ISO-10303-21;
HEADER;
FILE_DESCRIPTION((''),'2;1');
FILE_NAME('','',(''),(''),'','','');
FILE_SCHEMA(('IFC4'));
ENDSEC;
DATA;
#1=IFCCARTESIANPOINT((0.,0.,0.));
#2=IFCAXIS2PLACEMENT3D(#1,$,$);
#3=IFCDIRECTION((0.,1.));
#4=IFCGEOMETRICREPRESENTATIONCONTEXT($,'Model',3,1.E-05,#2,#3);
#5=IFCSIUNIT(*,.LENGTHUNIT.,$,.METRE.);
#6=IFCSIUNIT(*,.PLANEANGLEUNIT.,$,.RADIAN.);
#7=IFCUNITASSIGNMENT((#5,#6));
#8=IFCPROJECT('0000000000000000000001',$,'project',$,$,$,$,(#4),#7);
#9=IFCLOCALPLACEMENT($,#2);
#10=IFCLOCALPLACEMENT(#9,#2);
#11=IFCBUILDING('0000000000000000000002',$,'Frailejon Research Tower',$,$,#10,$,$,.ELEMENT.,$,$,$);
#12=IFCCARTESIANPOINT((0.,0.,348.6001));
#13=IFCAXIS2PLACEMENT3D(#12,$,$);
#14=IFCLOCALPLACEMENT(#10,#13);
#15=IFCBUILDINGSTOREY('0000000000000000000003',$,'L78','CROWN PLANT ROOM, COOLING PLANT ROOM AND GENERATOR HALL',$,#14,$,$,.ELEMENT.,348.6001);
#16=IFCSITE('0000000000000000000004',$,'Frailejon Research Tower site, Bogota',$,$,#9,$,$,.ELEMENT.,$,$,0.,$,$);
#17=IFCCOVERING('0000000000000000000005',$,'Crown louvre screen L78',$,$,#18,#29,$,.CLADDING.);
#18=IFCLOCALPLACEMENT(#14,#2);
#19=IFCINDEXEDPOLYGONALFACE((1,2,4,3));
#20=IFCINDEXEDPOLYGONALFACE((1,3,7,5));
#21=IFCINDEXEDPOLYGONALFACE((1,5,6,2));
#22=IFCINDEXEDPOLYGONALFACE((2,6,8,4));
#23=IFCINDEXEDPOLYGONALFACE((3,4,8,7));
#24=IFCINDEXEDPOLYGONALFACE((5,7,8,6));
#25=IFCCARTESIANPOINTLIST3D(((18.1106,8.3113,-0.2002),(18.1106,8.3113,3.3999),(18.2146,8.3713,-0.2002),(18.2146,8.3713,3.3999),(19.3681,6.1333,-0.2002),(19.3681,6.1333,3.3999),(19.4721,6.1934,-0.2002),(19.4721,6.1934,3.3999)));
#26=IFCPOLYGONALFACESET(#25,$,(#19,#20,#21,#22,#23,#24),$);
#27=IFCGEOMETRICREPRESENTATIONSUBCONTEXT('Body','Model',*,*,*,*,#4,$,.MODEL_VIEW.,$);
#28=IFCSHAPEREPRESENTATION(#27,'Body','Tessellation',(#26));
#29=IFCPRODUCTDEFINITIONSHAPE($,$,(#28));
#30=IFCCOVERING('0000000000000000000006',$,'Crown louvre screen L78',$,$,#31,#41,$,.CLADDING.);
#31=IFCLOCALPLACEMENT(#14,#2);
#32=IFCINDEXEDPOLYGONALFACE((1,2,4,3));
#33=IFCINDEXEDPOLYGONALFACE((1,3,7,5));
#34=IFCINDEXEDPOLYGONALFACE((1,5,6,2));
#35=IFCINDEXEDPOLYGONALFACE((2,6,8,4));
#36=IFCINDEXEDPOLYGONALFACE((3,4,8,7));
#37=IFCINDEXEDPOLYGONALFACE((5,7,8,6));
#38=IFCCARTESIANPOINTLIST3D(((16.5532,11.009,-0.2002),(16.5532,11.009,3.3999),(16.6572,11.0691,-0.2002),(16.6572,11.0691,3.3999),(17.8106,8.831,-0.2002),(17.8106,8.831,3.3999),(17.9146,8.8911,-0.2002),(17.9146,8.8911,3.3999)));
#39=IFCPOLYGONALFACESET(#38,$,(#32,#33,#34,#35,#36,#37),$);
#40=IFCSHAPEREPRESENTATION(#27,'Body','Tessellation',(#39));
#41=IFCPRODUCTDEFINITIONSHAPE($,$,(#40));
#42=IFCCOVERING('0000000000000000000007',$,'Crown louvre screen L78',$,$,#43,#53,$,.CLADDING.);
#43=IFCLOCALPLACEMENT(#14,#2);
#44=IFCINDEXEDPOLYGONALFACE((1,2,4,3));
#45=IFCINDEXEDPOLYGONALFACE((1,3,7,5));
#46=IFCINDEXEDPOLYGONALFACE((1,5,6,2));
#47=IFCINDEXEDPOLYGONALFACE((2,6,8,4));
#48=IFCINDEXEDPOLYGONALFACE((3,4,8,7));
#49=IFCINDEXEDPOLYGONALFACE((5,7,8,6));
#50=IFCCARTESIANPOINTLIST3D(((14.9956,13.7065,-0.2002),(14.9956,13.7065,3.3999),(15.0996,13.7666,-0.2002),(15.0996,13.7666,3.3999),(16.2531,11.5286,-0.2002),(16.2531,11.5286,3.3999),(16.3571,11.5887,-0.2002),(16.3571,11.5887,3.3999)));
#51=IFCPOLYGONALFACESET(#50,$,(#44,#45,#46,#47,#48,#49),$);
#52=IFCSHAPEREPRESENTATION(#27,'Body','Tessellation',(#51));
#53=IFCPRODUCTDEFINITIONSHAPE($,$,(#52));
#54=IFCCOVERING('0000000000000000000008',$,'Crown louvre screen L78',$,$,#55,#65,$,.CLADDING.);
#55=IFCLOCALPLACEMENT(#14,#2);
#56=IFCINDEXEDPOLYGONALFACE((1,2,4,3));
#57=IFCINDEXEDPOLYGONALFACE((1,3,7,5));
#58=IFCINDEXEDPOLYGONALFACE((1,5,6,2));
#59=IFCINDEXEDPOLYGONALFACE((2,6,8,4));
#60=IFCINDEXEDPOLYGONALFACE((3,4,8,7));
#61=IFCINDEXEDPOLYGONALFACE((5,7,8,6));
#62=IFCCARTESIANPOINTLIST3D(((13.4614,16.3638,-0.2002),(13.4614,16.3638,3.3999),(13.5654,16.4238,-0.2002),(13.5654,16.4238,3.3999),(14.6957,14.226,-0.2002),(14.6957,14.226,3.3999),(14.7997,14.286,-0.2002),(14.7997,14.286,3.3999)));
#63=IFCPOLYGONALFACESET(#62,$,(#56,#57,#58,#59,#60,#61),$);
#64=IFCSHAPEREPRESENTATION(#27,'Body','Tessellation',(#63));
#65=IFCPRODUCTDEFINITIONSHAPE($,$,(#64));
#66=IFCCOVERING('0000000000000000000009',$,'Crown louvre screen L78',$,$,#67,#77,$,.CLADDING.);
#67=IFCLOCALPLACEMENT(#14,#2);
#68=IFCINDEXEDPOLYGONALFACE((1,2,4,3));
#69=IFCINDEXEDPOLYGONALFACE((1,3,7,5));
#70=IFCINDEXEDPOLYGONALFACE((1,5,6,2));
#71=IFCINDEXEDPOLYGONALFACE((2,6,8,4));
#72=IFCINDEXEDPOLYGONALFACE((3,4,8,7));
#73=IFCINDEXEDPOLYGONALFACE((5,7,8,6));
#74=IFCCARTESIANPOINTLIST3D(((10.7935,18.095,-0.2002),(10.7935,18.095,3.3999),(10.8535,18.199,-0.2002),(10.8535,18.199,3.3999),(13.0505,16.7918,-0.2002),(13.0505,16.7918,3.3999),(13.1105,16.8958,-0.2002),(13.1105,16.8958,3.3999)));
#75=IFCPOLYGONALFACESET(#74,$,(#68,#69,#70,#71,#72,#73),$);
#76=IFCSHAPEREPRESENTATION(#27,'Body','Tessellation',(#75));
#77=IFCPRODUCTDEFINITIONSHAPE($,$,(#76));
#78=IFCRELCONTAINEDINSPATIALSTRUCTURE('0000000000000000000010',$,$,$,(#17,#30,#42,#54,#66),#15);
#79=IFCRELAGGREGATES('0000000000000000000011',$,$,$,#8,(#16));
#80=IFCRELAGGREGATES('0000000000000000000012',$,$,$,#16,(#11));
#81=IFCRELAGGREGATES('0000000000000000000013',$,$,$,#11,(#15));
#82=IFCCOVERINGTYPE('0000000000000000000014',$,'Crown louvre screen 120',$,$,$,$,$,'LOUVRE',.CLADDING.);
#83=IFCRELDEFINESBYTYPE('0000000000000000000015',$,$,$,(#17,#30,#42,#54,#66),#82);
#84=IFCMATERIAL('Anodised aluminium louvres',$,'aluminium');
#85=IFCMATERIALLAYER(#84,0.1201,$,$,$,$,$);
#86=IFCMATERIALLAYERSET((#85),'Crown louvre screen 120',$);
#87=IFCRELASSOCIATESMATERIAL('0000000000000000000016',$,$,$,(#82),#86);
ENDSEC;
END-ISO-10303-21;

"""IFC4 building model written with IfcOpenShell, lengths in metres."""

from ifc_helpers import new_model, si_unit, direction, frame, origin, place, context, subcontext, project, spatial, polyline, outline, extrude, material, layer, layer_set, type_object, element, save


model = new_model("IFC4")

# Units and contexts
model_context = context("Model", 3, precision=1e-05, world=origin(), true_north=direction((0.0, 1.0)))
body_context = subcontext(model_context, "Body", "Model", "MODEL_VIEW")
ifc_project = project(units=[si_unit("LENGTHUNIT", "METRE"), si_unit("PLANEANGLEUNIT", "RADIAN")], contexts=[model_context])

# Site, building, storey
site_placement = place(None, origin())
site = spatial("IfcSite", under=ifc_project, at=site_placement, Name="Frailejon Research Tower site, Bogota", CompositionType="ELEMENT", RefElevation=0.0)
building_placement = place(site_placement, origin())
building = spatial("IfcBuilding", under=site, at=building_placement, Name="Frailejon Research Tower", CompositionType="ELEMENT")
storey_placement = place(building_placement, frame((0.0, 0.0, 348.6001)))
storey = spatial("IfcBuildingStorey", under=building, at=storey_placement, Name="L78", Description="CROWN PLANT ROOM, COOLING PLANT ROOM AND GENERATOR HALL", CompositionType="ELEMENT", Elevation=348.6001)

# Coverings
ifc_material_1 = material(Name="Anodised aluminium louvres", Category="aluminium")
ifc_layer_1 = layer(ifc_material_1, 0.1201)
ifc_layer_set_1 = layer_set([ifc_layer_1], Name="Crown louvre screen 120")
covering_type = type_object("IfcCoveringType", Name="Crown louvre screen 120", ElementType="LOUVRE", PredefinedType="CLADDING", material=ifc_layer_set_1)
for number, where, z_axis, x_axis, name in (
    (1, (18.1626, 8.3413, -0.2002), (0.500009, -0.86602, 0.0), (0.86602, 0.500009, 0.0), "Crown louvre screen L78"),
    (2, (16.6052, 11.0391, -0.2002), (0.499979, -0.866037, 0.0), (0.866037, 0.499979, 0.0), "Crown louvre screen L78"),
    (3, (15.0476, 13.7366, -0.2002), (0.500009, -0.86602, 0.0), (0.86602, 0.500009, 0.0), "Crown louvre screen L78"),
):
    element("IfcCovering", number, at=place(storey_placement, frame(where, z_axis=z_axis, x_axis=x_axis)), inside=storey, type_object=covering_type, Name=name, PredefinedType="CLADDING", context=body_context, shape_type="SweptSolid", body=[
        extrude(outline(polyline([(-0.0601, 0.0), (0.0601, 0.0), (0.0601, 3.6001), (-0.0601, 3.6001), (-0.0601, 0.0)])), origin(), (0.0, 0.0, 1.0), 2.5149),
    ])
covering_1_placement = place(storey_placement, frame((13.5134, 16.3938, -0.2002), z_axis=(0.499999, -0.866026, 0.0), x_axis=(0.866026, 0.499999, 0.0)))
element("IfcCovering", 4, at=covering_1_placement, inside=storey, type_object=covering_type, Name="Crown louvre screen L78", PredefinedType="CLADDING", context=body_context, shape_type="SweptSolid", body=[
    extrude(outline(polyline([(-0.0601, 0.0), (0.0601, 0.0), (0.0601, 3.6001), (-0.0601, 3.6001), (-0.0601, 0.0)])), origin(), (0.0, 0.0, 1.0), 2.4685),
])
covering_2_placement = place(storey_placement, frame((10.8235, 18.147, -0.2002), z_axis=(0.866012, -0.500022, 0.0), x_axis=(0.500022, 0.866012, 0.0)))
element("IfcCovering", 5, at=covering_2_placement, inside=storey, type_object=covering_type, Name="Crown louvre screen L78", PredefinedType="CLADDING", context=body_context, shape_type="SweptSolid", body=[
    extrude(outline(polyline([(-0.0601, 0.0), (0.0601, 0.0), (0.0601, 3.6001), (-0.0601, 3.6001), (-0.0601, 0.0)])), origin(), (0.0, 0.0, 1.0), 2.6062),
])

save(model, "model.ifc")
